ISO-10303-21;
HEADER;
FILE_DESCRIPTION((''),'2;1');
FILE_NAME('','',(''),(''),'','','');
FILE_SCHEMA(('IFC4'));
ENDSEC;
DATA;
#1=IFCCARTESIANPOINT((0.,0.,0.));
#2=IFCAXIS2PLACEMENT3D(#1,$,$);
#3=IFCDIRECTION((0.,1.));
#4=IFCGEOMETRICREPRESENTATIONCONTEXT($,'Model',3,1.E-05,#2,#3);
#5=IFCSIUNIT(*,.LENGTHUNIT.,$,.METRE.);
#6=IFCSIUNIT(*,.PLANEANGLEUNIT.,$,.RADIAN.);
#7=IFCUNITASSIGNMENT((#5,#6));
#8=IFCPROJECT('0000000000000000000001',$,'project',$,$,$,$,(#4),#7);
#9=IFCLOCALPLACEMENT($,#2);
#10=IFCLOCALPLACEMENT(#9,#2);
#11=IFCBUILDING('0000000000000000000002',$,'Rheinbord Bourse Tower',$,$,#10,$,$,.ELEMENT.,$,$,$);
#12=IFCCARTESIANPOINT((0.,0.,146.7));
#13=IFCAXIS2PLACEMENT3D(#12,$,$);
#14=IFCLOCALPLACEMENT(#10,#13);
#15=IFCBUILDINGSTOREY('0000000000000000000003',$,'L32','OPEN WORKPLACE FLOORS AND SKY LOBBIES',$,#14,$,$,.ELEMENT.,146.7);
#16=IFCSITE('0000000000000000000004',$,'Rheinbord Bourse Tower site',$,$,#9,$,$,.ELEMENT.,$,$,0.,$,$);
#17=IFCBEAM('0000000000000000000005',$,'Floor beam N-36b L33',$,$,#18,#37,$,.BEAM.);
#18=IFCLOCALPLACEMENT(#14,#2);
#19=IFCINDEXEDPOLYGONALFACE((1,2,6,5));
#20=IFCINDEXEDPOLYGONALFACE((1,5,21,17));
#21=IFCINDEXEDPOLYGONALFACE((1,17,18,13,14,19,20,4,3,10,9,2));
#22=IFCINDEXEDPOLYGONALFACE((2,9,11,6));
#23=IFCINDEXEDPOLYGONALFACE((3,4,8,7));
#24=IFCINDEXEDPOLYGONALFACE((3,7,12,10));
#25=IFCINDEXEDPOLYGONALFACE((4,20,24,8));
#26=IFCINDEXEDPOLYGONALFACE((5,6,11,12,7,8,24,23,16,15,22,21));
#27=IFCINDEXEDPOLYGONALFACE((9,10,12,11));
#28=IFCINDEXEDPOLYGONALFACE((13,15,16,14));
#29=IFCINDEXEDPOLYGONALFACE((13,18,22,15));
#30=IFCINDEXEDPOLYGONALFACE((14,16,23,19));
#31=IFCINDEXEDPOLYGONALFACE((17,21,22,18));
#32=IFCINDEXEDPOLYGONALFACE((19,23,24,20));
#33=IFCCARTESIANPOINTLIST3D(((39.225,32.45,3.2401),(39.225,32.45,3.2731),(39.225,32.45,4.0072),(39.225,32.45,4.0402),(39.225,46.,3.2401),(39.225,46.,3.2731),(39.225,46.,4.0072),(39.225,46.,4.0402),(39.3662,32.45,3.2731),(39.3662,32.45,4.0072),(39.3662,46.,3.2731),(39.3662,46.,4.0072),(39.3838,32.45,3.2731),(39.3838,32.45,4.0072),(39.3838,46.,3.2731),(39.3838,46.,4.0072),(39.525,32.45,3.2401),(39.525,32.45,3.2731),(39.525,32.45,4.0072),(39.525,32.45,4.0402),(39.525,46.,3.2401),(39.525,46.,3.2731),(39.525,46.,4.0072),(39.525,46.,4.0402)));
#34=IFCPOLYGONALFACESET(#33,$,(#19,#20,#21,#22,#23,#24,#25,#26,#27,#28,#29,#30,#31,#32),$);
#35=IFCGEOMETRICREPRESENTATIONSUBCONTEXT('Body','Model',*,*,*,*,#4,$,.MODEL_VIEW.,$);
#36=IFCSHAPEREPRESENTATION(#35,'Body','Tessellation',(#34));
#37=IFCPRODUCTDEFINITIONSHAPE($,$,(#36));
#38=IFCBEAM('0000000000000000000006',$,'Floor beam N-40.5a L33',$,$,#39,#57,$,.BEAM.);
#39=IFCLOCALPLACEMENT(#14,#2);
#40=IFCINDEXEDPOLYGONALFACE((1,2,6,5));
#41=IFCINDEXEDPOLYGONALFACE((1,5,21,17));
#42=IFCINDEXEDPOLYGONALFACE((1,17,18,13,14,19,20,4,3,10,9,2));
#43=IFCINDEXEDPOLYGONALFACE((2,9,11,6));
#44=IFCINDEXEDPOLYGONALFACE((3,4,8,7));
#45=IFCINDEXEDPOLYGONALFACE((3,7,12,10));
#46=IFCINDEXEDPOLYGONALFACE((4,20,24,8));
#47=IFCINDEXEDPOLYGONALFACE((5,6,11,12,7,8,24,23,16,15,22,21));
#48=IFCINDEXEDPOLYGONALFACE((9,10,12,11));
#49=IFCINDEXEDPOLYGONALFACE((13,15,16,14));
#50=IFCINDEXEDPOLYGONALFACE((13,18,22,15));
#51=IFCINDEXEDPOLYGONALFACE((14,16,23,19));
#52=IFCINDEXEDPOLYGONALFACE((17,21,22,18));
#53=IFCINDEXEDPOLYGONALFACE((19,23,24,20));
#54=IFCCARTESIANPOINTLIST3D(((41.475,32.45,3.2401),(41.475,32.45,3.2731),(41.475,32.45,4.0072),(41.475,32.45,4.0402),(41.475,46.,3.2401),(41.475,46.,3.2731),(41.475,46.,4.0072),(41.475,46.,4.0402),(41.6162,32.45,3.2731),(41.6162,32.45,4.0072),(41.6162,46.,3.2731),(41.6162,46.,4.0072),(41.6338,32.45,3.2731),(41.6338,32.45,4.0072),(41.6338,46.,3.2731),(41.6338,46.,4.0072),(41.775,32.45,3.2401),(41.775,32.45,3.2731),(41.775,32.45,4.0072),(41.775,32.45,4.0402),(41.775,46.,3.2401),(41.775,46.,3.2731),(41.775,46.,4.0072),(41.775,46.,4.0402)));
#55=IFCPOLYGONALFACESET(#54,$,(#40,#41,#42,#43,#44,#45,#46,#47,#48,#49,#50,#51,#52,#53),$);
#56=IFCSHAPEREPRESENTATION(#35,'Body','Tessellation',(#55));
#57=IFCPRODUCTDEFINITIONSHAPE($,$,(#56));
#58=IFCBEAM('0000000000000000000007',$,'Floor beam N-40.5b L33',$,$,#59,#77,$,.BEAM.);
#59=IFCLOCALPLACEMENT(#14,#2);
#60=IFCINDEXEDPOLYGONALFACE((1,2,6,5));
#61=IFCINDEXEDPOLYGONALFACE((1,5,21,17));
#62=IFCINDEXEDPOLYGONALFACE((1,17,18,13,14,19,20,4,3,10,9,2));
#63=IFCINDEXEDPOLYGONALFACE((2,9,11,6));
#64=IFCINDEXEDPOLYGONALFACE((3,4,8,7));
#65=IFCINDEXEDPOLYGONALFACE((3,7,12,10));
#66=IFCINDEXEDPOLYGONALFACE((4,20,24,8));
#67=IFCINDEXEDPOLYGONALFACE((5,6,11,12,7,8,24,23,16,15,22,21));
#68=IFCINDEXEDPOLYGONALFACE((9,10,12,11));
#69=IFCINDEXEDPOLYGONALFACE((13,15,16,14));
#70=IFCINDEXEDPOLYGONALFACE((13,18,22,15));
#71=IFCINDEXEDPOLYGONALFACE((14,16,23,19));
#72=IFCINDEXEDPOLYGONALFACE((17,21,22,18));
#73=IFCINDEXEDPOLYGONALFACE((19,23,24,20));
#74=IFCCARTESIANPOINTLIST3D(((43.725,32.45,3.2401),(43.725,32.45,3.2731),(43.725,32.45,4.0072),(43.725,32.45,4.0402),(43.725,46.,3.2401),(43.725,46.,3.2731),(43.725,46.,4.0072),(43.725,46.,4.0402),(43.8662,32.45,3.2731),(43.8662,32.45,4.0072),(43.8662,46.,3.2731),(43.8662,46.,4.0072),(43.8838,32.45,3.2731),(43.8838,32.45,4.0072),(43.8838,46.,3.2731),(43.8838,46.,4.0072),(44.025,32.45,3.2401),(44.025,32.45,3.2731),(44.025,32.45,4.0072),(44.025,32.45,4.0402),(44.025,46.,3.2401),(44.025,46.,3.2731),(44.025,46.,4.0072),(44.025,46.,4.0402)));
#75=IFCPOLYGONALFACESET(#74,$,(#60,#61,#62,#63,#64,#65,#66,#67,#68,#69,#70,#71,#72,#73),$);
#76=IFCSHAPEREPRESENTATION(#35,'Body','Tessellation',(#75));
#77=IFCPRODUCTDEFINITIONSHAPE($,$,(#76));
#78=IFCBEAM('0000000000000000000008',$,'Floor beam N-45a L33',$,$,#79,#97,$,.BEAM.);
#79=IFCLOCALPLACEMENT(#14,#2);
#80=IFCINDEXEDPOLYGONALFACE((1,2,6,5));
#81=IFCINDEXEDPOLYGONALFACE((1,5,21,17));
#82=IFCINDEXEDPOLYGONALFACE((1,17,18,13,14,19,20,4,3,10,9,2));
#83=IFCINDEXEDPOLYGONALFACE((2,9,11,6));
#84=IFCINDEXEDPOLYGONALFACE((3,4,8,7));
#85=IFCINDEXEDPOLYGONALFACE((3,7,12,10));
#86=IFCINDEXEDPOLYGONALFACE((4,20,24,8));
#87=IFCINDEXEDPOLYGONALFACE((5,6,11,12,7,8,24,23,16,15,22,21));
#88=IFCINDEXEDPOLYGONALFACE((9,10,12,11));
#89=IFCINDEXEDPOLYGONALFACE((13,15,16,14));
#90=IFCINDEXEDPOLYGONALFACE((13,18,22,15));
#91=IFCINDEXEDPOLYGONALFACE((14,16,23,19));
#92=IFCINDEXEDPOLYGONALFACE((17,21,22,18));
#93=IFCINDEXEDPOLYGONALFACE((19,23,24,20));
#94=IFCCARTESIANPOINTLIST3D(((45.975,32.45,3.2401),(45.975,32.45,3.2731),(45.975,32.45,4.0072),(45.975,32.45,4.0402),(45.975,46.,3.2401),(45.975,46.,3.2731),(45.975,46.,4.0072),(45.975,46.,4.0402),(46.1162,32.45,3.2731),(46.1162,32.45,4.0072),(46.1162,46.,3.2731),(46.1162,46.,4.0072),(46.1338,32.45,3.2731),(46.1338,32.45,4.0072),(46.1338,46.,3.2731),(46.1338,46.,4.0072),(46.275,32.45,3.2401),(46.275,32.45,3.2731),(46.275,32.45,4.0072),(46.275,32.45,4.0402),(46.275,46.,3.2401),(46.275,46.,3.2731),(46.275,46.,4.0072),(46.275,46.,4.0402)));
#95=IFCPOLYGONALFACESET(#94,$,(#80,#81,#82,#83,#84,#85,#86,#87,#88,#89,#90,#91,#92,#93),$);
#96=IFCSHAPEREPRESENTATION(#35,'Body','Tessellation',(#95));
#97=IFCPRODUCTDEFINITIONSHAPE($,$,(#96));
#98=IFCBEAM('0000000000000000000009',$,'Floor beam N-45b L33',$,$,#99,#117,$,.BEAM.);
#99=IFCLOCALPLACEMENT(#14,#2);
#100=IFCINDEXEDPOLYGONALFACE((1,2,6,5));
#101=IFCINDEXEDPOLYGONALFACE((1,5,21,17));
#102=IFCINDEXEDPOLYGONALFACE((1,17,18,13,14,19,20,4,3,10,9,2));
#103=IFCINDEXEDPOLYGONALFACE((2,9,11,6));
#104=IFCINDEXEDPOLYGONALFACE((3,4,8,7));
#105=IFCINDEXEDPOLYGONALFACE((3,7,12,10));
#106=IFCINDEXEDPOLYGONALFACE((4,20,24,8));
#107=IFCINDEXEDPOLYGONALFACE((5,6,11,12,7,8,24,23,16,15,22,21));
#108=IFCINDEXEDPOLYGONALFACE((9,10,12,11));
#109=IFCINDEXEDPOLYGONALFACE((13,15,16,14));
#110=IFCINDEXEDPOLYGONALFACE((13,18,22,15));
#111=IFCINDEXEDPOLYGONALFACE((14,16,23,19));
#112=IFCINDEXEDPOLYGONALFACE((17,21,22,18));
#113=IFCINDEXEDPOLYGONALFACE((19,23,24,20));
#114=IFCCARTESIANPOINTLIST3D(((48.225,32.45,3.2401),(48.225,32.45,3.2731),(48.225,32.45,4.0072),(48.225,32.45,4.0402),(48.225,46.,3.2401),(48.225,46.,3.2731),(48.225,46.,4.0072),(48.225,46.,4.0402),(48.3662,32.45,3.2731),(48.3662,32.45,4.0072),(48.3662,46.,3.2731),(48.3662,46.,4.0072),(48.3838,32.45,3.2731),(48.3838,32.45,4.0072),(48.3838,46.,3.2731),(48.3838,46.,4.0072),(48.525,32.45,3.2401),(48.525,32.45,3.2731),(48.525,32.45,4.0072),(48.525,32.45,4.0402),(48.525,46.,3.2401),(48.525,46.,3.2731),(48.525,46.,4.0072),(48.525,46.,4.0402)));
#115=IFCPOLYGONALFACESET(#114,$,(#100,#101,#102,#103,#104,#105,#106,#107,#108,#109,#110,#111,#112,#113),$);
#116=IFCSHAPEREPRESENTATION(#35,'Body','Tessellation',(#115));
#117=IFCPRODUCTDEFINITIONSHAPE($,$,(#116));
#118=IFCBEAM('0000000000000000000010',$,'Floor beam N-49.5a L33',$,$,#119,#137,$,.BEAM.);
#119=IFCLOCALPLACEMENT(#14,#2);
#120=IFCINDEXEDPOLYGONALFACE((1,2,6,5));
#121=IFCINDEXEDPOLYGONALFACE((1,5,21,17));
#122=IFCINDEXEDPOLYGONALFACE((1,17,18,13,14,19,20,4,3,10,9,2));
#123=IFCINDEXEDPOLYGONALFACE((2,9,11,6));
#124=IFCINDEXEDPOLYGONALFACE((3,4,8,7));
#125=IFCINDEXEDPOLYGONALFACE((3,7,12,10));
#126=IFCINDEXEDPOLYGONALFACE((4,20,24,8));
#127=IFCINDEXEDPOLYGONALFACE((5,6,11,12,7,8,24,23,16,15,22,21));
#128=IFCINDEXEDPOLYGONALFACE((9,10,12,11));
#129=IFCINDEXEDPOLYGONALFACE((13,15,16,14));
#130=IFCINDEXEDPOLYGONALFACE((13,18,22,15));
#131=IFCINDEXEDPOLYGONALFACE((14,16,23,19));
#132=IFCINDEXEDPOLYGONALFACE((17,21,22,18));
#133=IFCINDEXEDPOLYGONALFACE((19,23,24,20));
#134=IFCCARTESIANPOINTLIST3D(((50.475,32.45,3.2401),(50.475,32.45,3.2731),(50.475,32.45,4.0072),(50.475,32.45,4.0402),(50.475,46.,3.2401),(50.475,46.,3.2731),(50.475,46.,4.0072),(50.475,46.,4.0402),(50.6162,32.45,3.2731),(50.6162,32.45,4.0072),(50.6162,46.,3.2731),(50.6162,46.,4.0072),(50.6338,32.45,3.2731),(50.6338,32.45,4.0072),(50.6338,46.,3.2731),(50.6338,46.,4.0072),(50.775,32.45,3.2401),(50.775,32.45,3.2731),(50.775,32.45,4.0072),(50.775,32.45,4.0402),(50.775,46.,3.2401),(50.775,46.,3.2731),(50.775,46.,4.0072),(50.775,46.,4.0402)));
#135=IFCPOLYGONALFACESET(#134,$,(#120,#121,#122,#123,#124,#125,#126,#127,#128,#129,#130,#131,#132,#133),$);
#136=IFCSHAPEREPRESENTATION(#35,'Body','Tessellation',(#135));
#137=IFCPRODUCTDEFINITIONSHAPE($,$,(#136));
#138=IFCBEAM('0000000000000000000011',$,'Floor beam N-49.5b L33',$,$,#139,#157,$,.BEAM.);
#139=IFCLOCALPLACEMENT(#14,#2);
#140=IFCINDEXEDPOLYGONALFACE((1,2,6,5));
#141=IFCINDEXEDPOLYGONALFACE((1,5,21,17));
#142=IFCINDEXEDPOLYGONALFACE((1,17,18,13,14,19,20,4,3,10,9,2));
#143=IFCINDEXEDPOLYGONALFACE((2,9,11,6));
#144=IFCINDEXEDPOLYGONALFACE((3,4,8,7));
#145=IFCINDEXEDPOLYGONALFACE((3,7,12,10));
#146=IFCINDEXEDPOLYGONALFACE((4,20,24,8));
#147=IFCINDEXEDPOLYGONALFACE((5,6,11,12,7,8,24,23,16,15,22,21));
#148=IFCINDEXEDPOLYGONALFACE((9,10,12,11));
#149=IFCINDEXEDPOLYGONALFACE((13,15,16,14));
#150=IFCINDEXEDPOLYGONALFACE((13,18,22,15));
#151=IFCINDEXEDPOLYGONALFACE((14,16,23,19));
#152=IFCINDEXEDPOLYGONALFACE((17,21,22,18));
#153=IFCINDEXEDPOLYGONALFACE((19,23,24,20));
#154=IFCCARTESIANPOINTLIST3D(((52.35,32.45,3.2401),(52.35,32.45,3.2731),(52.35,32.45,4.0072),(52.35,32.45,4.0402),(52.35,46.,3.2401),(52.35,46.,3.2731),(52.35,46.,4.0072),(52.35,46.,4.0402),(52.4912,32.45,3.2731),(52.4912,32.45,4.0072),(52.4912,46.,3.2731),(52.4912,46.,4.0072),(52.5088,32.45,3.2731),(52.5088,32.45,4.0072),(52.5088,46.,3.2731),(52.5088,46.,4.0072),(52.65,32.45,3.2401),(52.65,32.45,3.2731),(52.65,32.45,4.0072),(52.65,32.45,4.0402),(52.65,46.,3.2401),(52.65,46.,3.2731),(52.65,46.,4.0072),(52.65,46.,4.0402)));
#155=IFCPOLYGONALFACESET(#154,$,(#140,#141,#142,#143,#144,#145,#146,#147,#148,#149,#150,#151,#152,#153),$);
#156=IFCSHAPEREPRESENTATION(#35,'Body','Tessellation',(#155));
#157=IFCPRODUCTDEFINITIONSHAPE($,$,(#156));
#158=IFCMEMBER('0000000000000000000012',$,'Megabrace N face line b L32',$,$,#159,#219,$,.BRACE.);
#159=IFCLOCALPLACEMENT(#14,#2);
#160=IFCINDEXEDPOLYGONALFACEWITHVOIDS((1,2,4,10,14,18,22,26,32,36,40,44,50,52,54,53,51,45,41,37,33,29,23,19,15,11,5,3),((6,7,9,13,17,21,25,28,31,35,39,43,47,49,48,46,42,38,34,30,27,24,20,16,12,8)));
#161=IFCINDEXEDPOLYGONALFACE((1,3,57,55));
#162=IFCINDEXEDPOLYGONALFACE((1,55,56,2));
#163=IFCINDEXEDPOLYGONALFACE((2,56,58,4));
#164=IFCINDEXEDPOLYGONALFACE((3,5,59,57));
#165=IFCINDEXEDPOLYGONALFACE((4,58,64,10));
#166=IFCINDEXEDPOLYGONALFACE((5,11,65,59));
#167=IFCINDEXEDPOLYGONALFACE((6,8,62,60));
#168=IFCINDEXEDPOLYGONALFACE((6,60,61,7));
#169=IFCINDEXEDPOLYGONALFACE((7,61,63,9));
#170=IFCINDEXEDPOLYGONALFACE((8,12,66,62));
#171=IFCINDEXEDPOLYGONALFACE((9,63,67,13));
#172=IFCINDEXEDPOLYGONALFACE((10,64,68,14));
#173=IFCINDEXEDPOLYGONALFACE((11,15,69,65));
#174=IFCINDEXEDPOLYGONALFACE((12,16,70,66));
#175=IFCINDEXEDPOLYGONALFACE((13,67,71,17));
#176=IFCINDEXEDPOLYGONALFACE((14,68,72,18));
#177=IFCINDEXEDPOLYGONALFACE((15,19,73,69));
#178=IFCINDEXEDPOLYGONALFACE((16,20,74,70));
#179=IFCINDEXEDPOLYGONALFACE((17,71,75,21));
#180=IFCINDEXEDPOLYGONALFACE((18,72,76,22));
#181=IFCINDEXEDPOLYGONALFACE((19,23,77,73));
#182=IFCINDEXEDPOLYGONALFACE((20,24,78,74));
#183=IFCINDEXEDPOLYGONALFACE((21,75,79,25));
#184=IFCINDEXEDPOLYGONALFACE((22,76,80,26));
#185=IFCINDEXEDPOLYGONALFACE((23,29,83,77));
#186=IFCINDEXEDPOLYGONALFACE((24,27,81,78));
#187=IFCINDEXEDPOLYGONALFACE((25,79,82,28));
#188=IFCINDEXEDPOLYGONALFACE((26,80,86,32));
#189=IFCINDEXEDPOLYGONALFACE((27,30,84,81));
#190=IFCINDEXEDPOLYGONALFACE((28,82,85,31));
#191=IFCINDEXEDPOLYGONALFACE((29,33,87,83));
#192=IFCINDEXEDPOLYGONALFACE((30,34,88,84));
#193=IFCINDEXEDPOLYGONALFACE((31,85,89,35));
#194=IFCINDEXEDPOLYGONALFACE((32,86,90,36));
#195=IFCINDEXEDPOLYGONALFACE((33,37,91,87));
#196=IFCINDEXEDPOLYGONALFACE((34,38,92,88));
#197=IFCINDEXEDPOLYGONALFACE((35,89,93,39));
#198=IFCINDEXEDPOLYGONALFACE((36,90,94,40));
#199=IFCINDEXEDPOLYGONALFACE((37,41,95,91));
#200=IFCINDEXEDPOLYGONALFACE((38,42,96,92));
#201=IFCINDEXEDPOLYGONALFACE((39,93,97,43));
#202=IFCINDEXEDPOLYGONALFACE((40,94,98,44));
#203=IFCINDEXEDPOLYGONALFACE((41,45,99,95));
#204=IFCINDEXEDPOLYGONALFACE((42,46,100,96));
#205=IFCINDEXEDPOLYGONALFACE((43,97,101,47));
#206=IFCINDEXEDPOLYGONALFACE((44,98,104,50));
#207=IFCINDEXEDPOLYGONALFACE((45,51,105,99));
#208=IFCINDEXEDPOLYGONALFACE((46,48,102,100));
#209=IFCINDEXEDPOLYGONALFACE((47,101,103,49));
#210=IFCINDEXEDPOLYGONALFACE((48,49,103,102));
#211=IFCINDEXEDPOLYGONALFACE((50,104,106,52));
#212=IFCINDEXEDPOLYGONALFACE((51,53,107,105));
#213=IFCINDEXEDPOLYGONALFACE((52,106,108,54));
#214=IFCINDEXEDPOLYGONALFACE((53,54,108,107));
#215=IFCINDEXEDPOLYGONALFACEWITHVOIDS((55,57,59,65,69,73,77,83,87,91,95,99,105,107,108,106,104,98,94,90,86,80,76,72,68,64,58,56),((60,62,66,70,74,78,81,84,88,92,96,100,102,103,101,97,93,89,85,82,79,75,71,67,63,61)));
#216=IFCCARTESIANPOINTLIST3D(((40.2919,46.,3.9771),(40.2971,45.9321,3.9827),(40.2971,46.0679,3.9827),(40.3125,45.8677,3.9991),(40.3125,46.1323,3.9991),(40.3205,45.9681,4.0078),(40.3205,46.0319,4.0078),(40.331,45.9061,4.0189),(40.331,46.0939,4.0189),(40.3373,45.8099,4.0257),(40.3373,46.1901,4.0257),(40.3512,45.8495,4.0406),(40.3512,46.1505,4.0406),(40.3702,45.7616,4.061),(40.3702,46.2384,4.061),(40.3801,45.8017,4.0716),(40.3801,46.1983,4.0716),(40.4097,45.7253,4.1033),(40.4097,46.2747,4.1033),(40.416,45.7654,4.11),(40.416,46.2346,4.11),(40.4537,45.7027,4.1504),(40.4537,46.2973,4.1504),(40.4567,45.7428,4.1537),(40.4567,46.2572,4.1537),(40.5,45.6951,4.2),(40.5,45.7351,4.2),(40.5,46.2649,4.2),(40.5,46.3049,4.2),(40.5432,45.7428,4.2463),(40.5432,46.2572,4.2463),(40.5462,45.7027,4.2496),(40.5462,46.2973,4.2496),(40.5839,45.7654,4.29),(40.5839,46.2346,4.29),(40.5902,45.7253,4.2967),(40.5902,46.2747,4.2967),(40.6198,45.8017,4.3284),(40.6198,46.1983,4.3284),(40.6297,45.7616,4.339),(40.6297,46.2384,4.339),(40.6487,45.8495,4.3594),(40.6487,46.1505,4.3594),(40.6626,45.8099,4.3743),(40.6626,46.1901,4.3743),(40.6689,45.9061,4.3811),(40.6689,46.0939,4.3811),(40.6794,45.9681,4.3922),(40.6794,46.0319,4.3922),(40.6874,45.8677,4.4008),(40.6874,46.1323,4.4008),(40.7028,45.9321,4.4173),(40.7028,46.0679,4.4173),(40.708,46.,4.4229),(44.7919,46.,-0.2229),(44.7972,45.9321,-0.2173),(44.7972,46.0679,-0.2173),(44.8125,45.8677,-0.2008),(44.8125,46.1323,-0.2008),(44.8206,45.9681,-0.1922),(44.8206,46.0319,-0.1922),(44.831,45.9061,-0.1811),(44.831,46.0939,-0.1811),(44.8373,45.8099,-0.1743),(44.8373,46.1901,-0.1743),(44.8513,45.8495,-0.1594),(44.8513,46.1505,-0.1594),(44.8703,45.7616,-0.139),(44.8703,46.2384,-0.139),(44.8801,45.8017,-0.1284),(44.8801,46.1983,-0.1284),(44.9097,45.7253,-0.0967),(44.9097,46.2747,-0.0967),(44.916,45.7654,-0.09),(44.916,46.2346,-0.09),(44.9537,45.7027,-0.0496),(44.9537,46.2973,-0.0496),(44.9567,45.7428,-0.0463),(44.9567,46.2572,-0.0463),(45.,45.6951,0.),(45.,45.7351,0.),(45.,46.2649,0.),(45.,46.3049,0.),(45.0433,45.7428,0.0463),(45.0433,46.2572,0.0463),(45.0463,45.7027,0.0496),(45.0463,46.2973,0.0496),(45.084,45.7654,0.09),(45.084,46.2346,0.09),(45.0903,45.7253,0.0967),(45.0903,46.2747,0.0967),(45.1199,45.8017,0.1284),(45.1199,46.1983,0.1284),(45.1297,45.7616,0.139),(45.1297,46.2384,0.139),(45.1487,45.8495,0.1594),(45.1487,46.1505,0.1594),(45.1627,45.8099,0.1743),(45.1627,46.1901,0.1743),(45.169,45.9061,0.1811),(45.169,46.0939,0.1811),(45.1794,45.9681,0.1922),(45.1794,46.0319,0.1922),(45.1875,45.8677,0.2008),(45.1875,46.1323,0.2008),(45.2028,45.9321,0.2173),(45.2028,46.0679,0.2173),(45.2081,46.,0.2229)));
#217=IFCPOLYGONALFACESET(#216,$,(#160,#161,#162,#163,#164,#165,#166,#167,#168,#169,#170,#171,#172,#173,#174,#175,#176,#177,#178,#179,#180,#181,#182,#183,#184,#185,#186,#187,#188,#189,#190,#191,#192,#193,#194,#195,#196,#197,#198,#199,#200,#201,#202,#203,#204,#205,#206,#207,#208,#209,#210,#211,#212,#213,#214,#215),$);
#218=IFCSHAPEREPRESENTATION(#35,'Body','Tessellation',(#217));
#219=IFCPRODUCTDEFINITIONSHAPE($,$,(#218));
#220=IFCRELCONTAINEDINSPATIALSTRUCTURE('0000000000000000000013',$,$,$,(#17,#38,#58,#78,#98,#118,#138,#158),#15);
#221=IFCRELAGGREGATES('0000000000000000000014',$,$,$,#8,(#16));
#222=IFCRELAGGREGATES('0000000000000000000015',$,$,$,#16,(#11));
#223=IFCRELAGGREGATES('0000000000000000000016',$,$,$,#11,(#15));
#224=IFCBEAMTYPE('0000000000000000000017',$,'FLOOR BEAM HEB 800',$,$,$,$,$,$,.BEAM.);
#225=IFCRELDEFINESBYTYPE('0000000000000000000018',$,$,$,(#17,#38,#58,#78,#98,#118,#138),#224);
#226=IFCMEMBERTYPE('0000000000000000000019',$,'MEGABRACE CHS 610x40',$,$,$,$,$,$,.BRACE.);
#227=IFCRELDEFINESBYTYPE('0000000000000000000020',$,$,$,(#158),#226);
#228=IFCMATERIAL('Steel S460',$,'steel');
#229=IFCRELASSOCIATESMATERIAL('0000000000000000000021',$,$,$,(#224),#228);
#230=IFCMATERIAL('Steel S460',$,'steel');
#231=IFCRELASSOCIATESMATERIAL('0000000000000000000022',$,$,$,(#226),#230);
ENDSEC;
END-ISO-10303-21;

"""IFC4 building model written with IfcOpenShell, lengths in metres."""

from ifc_helpers import new_model, si_unit, direction, frame, origin, origin_2d, place, context, subcontext, project, spatial, hollow_circle, i_section, extrude, material, material_profile, profile_set, type_object, element, save


model = new_model("IFC4")

# Units and contexts
model_context = context("Model", 3, precision=1e-05, world=origin(), true_north=direction((0.0, 1.0)))
body_context = subcontext(model_context, "Body", "Model", "MODEL_VIEW")
ifc_project = project(units=[si_unit("LENGTHUNIT", "METRE"), si_unit("PLANEANGLEUNIT", "RADIAN")], contexts=[model_context])

# Site, building, storey
site_placement = place(None, origin())
site = spatial("IfcSite", under=ifc_project, at=site_placement, Name="Rheinbord Bourse Tower site", CompositionType="ELEMENT", RefElevation=0.0)
building_placement = place(site_placement, origin())
building = spatial("IfcBuilding", under=site, at=building_placement, Name="Rheinbord Bourse Tower", CompositionType="ELEMENT")
storey_placement = place(building_placement, frame((0.0, 0.0, 146.7)))
storey = spatial("IfcBuildingStorey", under=building, at=storey_placement, Name="L32", Description="OPEN WORKPLACE FLOORS AND SKY LOBBIES", CompositionType="ELEMENT", Elevation=146.7)

# Beams
ifc_material_1 = material(Name="Steel S460", Category="steel")
ifc_material_profile_1 = material_profile(ifc_material_1, i_section(OverallWidth=0.3, OverallDepth=0.8, WebThickness=0.0176, FlangeThickness=0.033, at=origin_2d()), Name="HEB 800")
ifc_profile_set_1 = profile_set([ifc_material_profile_1], Name="Steel S460")
beam_type_1 = type_object("IfcBeamType", Name="FLOOR BEAM HEB 800", PredefinedType="BEAM", material=ifc_profile_set_1)
for number, where, z_axis, x_axis, name in (
    (1, (39.375, 46.0, 3.6401), (0.0, -1.0, 0.0), (1.0, 0.0, 0.0), "Floor beam N-36b L33"),
    (2, (41.625, 46.0, 3.6401), (0.0, -1.0, 0.0), (1.0, 0.0, 0.0), "Floor beam N-40.5a L33"),
    (3, (43.875, 46.0, 3.6401), (0.0, -1.0, 0.0), (1.0, 0.0, 0.0), "Floor beam N-40.5b L33"),
    (4, (46.125, 46.0, 3.6401), (0.0, -1.0, 0.0), (1.0, 0.0, 0.0), "Floor beam N-45a L33"),
    (5, (48.375, 46.0, 3.6401), (0.0, -1.0, 0.0), (1.0, 0.0, 0.0), "Floor beam N-45b L33"),
    (6, (50.625, 46.0, 3.6401), (0.0, -1.0, 0.0), (1.0, 0.0, 0.0), "Floor beam N-49.5a L33"),
    (7, (52.5, 46.0, 3.6401), (0.0, -1.0, 0.0), (1.0, 0.0, 0.0), "Floor beam N-49.5b L33"),
):
    element("IfcBeam", number, at=place(storey_placement, frame(where, z_axis=z_axis, x_axis=x_axis)), inside=storey, type_object=beam_type_1, Name=name, PredefinedType="BEAM", context=body_context, shape_type="SweptSolid", body=[
        extrude(i_section(OverallWidth=0.3, OverallDepth=0.8, WebThickness=0.0176, FlangeThickness=0.033, at=origin_2d()), origin(), (0.0, 0.0, 1.0), 13.55),
    ])

# Member
ifc_material_2 = material(Name="Steel S460", Category="steel")
ifc_material_profile_2 = material_profile(ifc_material_2, hollow_circle(Radius=0.3049, WallThickness=0.04, at=origin_2d()), Name="CHS 610x40")
ifc_profile_set_2 = profile_set([ifc_material_profile_2], Name="Steel S460")
member_type_1 = type_object("IfcMemberType", Name="MEGABRACE CHS 610x40", PredefinedType="BRACE", material=ifc_profile_set_2)
member_1_placement = place(storey_placement, frame((45.0, 46.0, 0.0), z_axis=(-0.731059, 0.0, 0.682314), x_axis=(0.0, -1.0, 0.0)))
element("IfcMember", 8, at=member_1_placement, inside=storey, type_object=member_type_1, Name="Megabrace N face line b L32", PredefinedType="BRACE", context=body_context, shape_type="SweptSolid", body=[
    extrude(hollow_circle(Radius=0.3049, WallThickness=0.04, at=origin_2d()), origin(), (0.0, 0.0, 1.0), 6.1555),
])

save(model, "model.ifc")
